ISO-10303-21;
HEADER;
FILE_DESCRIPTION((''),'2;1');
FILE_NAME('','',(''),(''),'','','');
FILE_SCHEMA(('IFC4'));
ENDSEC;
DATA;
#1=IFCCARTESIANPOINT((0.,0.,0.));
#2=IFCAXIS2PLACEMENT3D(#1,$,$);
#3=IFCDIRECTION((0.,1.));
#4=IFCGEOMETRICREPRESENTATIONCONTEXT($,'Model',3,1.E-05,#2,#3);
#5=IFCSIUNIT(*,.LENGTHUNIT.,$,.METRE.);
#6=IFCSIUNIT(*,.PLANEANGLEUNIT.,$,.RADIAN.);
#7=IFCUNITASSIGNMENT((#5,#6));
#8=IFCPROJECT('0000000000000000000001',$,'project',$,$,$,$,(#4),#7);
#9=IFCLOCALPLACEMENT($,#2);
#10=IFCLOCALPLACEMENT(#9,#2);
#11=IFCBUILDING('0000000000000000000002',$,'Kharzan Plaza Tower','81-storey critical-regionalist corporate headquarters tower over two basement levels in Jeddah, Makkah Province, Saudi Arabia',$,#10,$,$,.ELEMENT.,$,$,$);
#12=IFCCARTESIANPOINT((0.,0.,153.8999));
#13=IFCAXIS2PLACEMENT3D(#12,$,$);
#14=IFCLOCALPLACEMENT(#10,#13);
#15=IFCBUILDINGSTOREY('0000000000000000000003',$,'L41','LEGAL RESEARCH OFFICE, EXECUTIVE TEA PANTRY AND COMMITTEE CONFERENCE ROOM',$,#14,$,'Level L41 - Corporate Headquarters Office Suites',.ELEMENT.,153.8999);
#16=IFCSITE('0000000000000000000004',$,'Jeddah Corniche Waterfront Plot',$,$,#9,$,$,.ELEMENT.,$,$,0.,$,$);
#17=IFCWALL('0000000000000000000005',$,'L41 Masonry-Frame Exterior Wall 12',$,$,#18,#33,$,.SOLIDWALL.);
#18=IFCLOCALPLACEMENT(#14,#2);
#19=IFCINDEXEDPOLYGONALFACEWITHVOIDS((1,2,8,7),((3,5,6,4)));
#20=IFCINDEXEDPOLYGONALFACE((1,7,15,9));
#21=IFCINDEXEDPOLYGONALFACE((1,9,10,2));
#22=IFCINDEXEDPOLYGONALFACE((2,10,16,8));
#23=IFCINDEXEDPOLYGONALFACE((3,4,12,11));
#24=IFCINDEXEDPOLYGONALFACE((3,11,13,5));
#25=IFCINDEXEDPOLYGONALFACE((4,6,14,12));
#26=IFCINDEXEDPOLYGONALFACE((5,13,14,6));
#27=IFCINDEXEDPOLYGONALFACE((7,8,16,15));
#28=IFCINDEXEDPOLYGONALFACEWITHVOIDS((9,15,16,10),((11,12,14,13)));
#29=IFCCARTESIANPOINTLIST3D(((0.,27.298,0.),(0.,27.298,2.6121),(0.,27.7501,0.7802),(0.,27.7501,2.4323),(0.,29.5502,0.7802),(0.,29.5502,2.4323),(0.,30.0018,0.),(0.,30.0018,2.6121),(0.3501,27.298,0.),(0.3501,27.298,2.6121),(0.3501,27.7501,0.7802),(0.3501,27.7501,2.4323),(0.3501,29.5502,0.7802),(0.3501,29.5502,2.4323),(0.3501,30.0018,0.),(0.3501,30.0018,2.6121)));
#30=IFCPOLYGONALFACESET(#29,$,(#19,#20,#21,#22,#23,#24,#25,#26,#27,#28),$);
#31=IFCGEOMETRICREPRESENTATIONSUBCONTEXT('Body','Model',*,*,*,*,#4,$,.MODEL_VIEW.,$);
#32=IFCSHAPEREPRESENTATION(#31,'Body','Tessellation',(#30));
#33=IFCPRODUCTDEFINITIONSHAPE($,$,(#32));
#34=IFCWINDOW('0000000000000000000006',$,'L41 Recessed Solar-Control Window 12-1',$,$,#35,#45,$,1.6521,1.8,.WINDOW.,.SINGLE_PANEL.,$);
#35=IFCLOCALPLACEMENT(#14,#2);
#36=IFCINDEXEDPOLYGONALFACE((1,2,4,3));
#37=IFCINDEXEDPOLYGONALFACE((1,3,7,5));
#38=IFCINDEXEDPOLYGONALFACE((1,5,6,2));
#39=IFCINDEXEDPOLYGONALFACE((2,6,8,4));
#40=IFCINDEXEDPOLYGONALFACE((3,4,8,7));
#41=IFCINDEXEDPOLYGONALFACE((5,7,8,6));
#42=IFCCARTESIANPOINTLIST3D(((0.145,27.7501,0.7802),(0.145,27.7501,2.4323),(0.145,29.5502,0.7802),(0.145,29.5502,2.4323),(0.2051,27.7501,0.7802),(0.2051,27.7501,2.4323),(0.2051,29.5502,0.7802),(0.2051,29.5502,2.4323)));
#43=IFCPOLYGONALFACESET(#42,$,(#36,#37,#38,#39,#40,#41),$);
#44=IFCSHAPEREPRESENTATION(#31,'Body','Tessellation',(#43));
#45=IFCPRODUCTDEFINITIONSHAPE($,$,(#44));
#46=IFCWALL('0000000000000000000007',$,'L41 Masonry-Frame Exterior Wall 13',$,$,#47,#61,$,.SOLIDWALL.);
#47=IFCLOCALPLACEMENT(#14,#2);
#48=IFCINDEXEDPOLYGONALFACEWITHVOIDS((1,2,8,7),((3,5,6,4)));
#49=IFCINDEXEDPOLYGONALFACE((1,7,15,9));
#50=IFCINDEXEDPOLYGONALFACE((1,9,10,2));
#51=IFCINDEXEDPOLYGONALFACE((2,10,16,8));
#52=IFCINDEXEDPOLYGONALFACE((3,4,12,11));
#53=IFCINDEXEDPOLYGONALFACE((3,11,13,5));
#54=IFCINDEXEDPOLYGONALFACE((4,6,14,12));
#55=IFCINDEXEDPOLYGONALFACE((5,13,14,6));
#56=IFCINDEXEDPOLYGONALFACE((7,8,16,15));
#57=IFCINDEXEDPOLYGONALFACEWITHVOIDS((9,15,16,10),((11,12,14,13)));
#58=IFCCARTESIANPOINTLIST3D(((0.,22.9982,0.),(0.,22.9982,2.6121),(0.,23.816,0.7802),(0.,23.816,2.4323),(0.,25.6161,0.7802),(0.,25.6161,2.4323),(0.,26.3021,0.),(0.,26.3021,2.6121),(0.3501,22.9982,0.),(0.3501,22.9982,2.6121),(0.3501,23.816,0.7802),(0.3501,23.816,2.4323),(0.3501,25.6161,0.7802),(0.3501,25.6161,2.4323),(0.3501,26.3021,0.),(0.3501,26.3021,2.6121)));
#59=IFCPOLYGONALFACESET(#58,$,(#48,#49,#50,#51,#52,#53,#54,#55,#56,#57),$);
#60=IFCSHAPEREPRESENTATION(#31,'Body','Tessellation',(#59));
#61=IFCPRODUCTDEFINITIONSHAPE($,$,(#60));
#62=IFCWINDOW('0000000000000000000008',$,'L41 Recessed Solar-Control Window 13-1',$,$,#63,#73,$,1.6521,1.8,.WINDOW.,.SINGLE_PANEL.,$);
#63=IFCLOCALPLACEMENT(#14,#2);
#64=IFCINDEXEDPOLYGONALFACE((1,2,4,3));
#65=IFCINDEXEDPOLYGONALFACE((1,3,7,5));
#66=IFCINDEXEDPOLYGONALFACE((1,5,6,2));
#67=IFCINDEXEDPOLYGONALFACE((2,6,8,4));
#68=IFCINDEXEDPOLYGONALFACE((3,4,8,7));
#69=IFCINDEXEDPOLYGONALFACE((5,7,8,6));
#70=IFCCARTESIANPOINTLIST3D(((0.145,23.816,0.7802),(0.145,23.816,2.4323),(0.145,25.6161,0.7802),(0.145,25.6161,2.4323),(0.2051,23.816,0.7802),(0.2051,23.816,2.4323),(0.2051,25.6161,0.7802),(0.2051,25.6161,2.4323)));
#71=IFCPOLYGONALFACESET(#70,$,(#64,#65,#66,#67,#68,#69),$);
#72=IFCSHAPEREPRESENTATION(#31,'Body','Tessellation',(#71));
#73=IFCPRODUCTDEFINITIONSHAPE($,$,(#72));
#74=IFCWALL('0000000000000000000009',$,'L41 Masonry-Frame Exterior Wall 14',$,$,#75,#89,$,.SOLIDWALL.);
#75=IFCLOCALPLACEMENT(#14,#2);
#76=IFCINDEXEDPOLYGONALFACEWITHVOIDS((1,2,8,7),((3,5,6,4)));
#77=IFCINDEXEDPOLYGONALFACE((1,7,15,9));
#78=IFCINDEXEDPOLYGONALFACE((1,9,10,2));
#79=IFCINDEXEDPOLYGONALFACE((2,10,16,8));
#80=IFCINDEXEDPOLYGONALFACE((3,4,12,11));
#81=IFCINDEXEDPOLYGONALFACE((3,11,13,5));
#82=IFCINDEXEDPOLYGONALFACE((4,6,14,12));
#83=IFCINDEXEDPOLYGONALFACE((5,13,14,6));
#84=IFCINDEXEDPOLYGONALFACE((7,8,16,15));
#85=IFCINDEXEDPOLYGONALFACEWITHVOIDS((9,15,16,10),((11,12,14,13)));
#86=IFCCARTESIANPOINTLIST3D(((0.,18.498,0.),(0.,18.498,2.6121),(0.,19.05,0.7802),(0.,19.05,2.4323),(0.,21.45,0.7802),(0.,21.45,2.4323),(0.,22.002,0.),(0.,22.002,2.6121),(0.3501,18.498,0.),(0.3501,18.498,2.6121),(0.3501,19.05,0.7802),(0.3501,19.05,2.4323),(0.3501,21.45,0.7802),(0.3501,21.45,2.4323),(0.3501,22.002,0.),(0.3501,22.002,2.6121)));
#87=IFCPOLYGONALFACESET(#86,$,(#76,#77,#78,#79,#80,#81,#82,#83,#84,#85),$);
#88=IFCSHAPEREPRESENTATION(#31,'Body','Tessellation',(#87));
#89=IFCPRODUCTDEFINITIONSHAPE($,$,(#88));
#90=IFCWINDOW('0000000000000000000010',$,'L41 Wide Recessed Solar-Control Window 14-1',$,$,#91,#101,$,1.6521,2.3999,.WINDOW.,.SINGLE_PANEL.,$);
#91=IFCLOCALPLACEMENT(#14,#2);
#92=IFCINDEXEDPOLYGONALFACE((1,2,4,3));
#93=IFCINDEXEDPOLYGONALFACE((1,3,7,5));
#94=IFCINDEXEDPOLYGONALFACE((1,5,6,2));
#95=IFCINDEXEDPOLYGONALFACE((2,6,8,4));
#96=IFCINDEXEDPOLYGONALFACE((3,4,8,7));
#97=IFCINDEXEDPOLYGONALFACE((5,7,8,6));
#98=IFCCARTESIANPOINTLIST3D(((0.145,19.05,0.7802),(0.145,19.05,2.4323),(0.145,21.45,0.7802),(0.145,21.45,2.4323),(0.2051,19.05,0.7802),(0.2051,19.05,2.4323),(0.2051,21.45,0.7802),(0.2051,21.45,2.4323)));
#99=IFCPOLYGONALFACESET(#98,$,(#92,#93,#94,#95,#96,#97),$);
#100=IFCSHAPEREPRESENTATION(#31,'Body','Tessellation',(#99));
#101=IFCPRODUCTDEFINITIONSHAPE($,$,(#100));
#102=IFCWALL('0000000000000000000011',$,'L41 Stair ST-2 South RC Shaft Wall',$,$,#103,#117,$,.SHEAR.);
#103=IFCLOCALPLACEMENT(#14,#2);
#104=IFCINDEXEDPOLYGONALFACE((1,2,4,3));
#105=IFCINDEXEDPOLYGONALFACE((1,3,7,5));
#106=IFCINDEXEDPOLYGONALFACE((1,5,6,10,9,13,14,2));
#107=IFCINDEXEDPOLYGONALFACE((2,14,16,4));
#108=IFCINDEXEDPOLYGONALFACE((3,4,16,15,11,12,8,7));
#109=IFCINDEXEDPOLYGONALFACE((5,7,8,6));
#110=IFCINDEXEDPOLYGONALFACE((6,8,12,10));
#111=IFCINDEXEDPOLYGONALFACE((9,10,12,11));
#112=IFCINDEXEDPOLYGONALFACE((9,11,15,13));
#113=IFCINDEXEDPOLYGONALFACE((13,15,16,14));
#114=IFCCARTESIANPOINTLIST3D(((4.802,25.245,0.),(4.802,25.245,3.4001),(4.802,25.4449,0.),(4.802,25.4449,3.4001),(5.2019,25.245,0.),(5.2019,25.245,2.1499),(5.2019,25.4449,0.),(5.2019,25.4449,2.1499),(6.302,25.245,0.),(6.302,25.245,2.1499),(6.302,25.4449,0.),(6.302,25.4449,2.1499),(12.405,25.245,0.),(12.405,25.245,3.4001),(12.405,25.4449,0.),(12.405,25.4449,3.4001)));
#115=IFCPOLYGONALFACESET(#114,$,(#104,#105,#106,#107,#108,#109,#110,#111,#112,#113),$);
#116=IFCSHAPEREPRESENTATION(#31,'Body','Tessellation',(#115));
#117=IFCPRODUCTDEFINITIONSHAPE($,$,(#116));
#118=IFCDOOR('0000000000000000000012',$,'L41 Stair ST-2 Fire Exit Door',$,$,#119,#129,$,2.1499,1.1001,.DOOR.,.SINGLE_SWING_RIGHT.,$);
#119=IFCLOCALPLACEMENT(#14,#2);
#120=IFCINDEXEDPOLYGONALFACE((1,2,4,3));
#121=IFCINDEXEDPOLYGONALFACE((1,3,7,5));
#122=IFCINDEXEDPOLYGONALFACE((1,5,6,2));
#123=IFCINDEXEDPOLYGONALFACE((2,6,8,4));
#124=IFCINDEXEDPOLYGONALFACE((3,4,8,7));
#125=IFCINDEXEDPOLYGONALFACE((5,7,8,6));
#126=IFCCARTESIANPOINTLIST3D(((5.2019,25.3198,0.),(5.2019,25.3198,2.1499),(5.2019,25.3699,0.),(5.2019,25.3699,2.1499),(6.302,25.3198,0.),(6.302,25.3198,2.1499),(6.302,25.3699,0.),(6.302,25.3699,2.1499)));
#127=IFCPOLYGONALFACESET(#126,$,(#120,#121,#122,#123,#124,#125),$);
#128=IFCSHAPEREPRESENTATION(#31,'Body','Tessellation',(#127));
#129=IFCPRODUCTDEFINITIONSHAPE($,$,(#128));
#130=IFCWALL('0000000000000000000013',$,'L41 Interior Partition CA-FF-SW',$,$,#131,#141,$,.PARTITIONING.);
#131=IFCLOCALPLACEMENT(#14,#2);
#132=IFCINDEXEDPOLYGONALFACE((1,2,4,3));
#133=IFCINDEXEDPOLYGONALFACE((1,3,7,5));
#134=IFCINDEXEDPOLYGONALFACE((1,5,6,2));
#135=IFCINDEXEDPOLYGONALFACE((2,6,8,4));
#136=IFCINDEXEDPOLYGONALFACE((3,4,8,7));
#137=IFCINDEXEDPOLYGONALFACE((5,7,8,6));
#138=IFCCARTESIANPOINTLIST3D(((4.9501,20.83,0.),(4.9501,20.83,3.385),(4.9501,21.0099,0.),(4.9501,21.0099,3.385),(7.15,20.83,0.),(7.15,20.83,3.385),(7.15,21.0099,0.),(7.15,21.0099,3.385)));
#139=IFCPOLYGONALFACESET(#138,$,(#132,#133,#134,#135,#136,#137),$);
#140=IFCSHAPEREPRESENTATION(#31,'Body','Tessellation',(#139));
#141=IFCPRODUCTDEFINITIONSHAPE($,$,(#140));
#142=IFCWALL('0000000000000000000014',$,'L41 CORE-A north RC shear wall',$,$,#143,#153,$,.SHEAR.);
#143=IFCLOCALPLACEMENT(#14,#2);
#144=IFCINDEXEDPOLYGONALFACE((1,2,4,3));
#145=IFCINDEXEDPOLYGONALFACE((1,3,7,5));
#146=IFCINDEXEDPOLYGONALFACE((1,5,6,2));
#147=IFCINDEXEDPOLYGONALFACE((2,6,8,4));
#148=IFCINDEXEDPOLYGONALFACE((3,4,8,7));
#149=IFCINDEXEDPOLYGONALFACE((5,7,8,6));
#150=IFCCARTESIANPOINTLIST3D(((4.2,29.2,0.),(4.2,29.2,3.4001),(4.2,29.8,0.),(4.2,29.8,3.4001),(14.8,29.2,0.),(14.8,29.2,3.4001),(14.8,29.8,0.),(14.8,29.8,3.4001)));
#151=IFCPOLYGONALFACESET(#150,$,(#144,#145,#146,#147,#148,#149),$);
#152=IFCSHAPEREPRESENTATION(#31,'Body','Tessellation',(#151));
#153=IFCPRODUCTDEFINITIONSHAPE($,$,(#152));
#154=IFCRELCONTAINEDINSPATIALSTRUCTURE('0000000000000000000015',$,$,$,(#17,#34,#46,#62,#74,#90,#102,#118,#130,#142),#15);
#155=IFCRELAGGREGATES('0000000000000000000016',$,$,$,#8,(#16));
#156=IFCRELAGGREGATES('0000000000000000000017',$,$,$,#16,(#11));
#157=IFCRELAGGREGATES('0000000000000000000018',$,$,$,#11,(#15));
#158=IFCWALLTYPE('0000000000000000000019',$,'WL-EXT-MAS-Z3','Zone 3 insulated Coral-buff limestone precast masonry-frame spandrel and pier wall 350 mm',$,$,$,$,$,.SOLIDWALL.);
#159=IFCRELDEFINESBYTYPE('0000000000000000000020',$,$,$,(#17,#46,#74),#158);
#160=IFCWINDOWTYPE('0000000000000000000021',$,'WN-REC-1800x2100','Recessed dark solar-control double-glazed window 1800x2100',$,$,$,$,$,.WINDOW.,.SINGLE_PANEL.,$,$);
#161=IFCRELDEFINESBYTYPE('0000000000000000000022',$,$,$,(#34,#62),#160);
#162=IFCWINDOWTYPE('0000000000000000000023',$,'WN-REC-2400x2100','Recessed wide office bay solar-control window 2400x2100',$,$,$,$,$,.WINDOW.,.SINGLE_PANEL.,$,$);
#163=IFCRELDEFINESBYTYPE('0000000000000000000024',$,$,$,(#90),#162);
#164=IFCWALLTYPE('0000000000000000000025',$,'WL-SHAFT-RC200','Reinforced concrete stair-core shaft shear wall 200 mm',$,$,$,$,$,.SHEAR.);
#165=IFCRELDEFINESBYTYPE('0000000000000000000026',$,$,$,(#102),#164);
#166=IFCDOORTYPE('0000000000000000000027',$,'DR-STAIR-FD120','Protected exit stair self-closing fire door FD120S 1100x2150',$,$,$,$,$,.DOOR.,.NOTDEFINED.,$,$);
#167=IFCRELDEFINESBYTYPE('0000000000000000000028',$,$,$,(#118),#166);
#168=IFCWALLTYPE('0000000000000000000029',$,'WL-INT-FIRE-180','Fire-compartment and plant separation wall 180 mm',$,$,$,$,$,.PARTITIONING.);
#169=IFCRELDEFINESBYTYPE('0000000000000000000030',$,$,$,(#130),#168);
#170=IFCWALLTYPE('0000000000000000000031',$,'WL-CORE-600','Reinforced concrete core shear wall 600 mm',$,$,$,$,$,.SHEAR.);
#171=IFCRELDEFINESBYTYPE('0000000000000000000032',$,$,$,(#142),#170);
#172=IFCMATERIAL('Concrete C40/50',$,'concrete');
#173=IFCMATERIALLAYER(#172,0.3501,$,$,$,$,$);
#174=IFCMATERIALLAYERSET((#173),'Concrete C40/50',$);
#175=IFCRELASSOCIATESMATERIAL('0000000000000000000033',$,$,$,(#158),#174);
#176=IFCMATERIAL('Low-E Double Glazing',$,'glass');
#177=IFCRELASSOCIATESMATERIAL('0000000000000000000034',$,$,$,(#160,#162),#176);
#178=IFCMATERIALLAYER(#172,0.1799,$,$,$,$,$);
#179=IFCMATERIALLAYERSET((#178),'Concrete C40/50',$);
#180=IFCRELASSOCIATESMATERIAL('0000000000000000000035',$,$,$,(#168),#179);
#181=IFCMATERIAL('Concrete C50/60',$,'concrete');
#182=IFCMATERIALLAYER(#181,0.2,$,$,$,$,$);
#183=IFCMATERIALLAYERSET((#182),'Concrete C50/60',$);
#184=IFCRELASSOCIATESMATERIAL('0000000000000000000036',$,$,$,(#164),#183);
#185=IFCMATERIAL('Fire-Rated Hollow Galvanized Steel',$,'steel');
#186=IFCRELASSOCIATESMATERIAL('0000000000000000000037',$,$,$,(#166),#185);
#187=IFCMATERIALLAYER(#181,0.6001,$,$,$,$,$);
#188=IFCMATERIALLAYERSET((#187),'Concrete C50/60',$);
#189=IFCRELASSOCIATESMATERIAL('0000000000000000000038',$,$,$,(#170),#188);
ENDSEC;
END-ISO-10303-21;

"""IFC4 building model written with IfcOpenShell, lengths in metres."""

from ifc_helpers import new_model, si_unit, direction, frame, frame_2d, origin, place, context, subcontext, project, spatial, rectangle, extrude, source, transform, mapped, material, layer, layer_set, type_object, element, fill, save


model = new_model("IFC4")

# Units and contexts
model_context = context("Model", 3, precision=1e-05, world=origin(), true_north=direction((0.0, 1.0)))
body_context = subcontext(model_context, "Body", "Model", "MODEL_VIEW")
ifc_project = project(units=[si_unit("LENGTHUNIT", "METRE"), si_unit("PLANEANGLEUNIT", "RADIAN")], contexts=[model_context])

# Site, building, storey
site_placement = place(None, origin())
site = spatial("IfcSite", under=ifc_project, at=site_placement, Name="Jeddah Corniche Waterfront Plot", CompositionType="ELEMENT", RefElevation=0.0)
building_placement = place(site_placement, origin())
building = spatial("IfcBuilding", under=site, at=building_placement, Name="Kharzan Plaza Tower", Description="81-storey critical-regionalist corporate headquarters tower over two basement levels in Jeddah, Makkah Province, Saudi Arabia", CompositionType="ELEMENT")
storey_placement = place(building_placement, frame((0.0, 0.0, 153.8999)))
storey = spatial("IfcBuildingStorey", under=building, at=storey_placement, Name="L41", Description="LEGAL RESEARCH OFFICE, EXECUTIVE TEA PANTRY AND COMMITTEE CONFERENCE ROOM", LongName="Level L41 - Corporate Headquarters Office Suites", CompositionType="ELEMENT", Elevation=153.8999)

# Shared definitions
ifc_material_1 = material(Name="Concrete C50/60", Category="concrete")

# Walls, openings, windows
ifc_material_2 = material(Name="Concrete C40/50", Category="concrete")
ifc_layer_1 = layer(ifc_material_2, 0.3501)
ifc_layer_set_1 = layer_set([ifc_layer_1], Name="Concrete C40/50")
wall_type_1 = type_object("IfcWallType", Name="WL-EXT-MAS-Z3", Description="Zone 3 insulated Coral-buff limestone precast masonry-frame spandrel and pier wall 350 mm", PredefinedType="SOLIDWALL", material=ifc_layer_set_1)
wall_1_placement = place(storey_placement, frame((0.175, 30.002, 0.0), z_axis=(0.0, 0.0, 1.0), x_axis=(0.0, -1.0, 0.0)))
wall_1 = element("IfcWall", 1, at=wall_1_placement, inside=storey, type_object=wall_type_1, Name="L41 Masonry-Frame Exterior Wall 12", PredefinedType="SOLIDWALL", context=body_context, shape_type="SweptSolid", body=[
    extrude(rectangle(XDim=2.7039, YDim=0.3501, at=frame_2d((1.3521, 0.0))), origin(), (0.0, 0.0, 1.0), 2.6121),
])
opening_1_placement = place(wall_1_placement, frame((0.4519, 0.0, 0.78)))
opening_1 = element("IfcOpeningElement", 2, at=opening_1_placement, cuts=wall_1, PredefinedType="OPENING", context=body_context, shape_type="SweptSolid", body=[
    extrude(rectangle(XDim=1.8, YDim=1.6521, at=frame_2d((0.8999, 0.8262))), frame((0.0, 0.1851, 0.0), z_axis=(0.0, -1.0, 0.0), x_axis=(1.0, 0.0, 0.0)), (0.0, 0.0, 1.0), 0.3701),
])
ifc_material_3 = material(Name="Low-E Double Glazing", Category="glass")
window_type_1 = type_object("IfcWindowType", Name="WN-REC-1800x2100", Description="Recessed dark solar-control double-glazed window 1800x2100", PartitioningType="SINGLE_PANEL", PredefinedType="WINDOW", material=ifc_material_3)
shared_shape_1 = source(origin(), body_context, "Body", "SweptSolid", [
    extrude(rectangle(XDim=1.8, YDim=1.6521, at=frame_2d((0.8999, 0.8262))), frame((0.0, 0.03, 0.0), z_axis=(0.0, -1.0, 0.0), x_axis=(1.0, 0.0, 0.0)), (0.0, 0.0, 1.0), 0.0601),
])
window_1_placement = place(opening_1_placement, origin())
window_1 = element("IfcWindow", 3, at=window_1_placement, inside=storey, type_object=window_type_1, Name="L41 Recessed Solar-Control Window 12-1", OverallHeight=1.6521, OverallWidth=1.8, PartitioningType="SINGLE_PANEL", PredefinedType="WINDOW", context=body_context, shape_type="MappedRepresentation", body=[
    mapped(shared_shape_1, transform((0.0, 0.0, 0.0), x_axis=(1.0, 0.0, 0.0), y_axis=(0.0, 1.0, 0.0), z_axis=(0.0, 0.0, 1.0))),
])
fill(opening_1, window_1)
wall_2_placement = place(storey_placement, frame((0.175, 26.302, 0.0), z_axis=(0.0, 0.0, 1.0), x_axis=(0.0, -1.0, 0.0)))
wall_2 = element("IfcWall", 4, at=wall_2_placement, inside=storey, type_object=wall_type_1, Name="L41 Masonry-Frame Exterior Wall 13", PredefinedType="SOLIDWALL", context=body_context, shape_type="SweptSolid", body=[
    extrude(rectangle(XDim=3.304, YDim=0.3501, at=frame_2d((1.6519, 0.0))), origin(), (0.0, 0.0, 1.0), 2.6121),
])
opening_2_placement = place(wall_2_placement, frame((0.686, 0.0, 0.78)))
opening_2 = element("IfcOpeningElement", 5, at=opening_2_placement, cuts=wall_2, PredefinedType="OPENING", context=body_context, shape_type="SweptSolid", body=[
    extrude(rectangle(XDim=1.8, YDim=1.6521, at=frame_2d((0.8999, 0.8262))), frame((0.0, 0.1851, 0.0), z_axis=(0.0, -1.0, 0.0), x_axis=(1.0, 0.0, 0.0)), (0.0, 0.0, 1.0), 0.3701),
])
window_2_placement = place(opening_2_placement, origin())
window_2 = element("IfcWindow", 6, at=window_2_placement, inside=storey, type_object=window_type_1, Name="L41 Recessed Solar-Control Window 13-1", OverallHeight=1.6521, OverallWidth=1.8, PartitioningType="SINGLE_PANEL", PredefinedType="WINDOW", context=body_context, shape_type="MappedRepresentation", body=[
    mapped(shared_shape_1, transform((0.0, 0.0, 0.0), x_axis=(1.0, 0.0, 0.0), y_axis=(0.0, 1.0, 0.0), z_axis=(0.0, 0.0, 1.0))),
])
fill(opening_2, window_2)
wall_3_placement = place(storey_placement, frame((0.175, 22.002, 0.0), z_axis=(0.0, 0.0, 1.0), x_axis=(0.0, -1.0, 0.0)))
wall_3 = element("IfcWall", 7, at=wall_3_placement, inside=storey, type_object=wall_type_1, Name="L41 Masonry-Frame Exterior Wall 14", PredefinedType="SOLIDWALL", context=body_context, shape_type="SweptSolid", body=[
    extrude(rectangle(XDim=3.5039, YDim=0.3501, at=frame_2d((1.752, 0.0))), origin(), (0.0, 0.0, 1.0), 2.6121),
])
opening_3_placement = place(wall_3_placement, frame((0.552, 0.0, 0.78)))
opening_3 = element("IfcOpeningElement", 8, at=opening_3_placement, cuts=wall_3, PredefinedType="OPENING", context=body_context, shape_type="SweptSolid", body=[
    extrude(rectangle(XDim=2.3999, YDim=1.6521, at=frame_2d((1.2, 0.8262))), frame((0.0, 0.1851, 0.0), z_axis=(0.0, -1.0, 0.0), x_axis=(1.0, 0.0, 0.0)), (0.0, 0.0, 1.0), 0.3701),
])
window_type_2 = type_object("IfcWindowType", Name="WN-REC-2400x2100", Description="Recessed wide office bay solar-control window 2400x2100", PartitioningType="SINGLE_PANEL", PredefinedType="WINDOW", material=ifc_material_3)
shared_shape_2 = source(origin(), body_context, "Body", "SweptSolid", [
    extrude(rectangle(XDim=2.3999, YDim=1.6521, at=frame_2d((1.2, 0.8262))), frame((0.0, 0.03, 0.0), z_axis=(0.0, -1.0, 0.0), x_axis=(1.0, 0.0, 0.0)), (0.0, 0.0, 1.0), 0.0601),
])
window_3_placement = place(opening_3_placement, origin())
window_3 = element("IfcWindow", 9, at=window_3_placement, inside=storey, type_object=window_type_2, Name="L41 Wide Recessed Solar-Control Window 14-1", OverallHeight=1.6521, OverallWidth=2.3999, PartitioningType="SINGLE_PANEL", PredefinedType="WINDOW", context=body_context, shape_type="MappedRepresentation", body=[
    mapped(shared_shape_2, transform((0.0, 0.0, 0.0), x_axis=(1.0, 0.0, 0.0), y_axis=(0.0, 1.0, 0.0), z_axis=(0.0, 0.0, 1.0))),
])
fill(opening_3, window_3)

# Wall, opening, door
ifc_layer_2 = layer(ifc_material_2, 0.1799)
ifc_layer_set_2 = layer_set([ifc_layer_2], Name="Concrete C40/50")
wall_type_2 = type_object("IfcWallType", Name="WL-INT-FIRE-180", Description="Fire-compartment and plant separation wall 180 mm", PredefinedType="PARTITIONING", material=ifc_layer_set_2)
ifc_layer_3 = layer(ifc_material_1, 0.2)
ifc_layer_set_3 = layer_set([ifc_layer_3], Name="Concrete C50/60")
wall_type_3 = type_object("IfcWallType", Name="WL-SHAFT-RC200", Description="Reinforced concrete stair-core shaft shear wall 200 mm", PredefinedType="SHEAR", material=ifc_layer_set_3)
wall_4_placement = place(storey_placement, frame((4.802, 25.345, 0.0), z_axis=(0.0, 0.0, 1.0), x_axis=(1.0, 0.0, 0.0)))
wall_4 = element("IfcWall", 10, at=wall_4_placement, inside=storey, type_object=wall_type_3, Name="L41 Stair ST-2 South RC Shaft Wall", PredefinedType="SHEAR", context=body_context, shape_type="SweptSolid", body=[
    extrude(rectangle(XDim=7.603, YDim=0.2, at=frame_2d((3.8015, 0.0))), origin(), (0.0, 0.0, 1.0), 3.4001),
])
opening_4_placement = place(wall_4_placement, frame((0.3999, 0.0, 0.0)))
opening_4 = element("IfcOpeningElement", 11, at=opening_4_placement, cuts=wall_4, PredefinedType="OPENING", context=body_context, shape_type="SweptSolid", body=[
    extrude(rectangle(XDim=1.1001, YDim=2.1499, at=frame_2d((0.55, 1.075))), frame((0.0, 0.1099, 0.0), z_axis=(0.0, -1.0, 0.0), x_axis=(1.0, 0.0, 0.0)), (0.0, 0.0, 1.0), 0.22),
])
ifc_material_4 = material(Name="Fire-Rated Hollow Galvanized Steel", Category="steel")
door_type_1 = type_object("IfcDoorType", Name="DR-STAIR-FD120", Description="Protected exit stair self-closing fire door FD120S 1100x2150", OperationType="NOTDEFINED", PredefinedType="DOOR", material=ifc_material_4)
shared_shape_3 = source(origin(), body_context, "Body", "SweptSolid", [
    extrude(rectangle(XDim=1.1001, YDim=2.1499, at=frame_2d((0.55, 1.075))), frame((0.0, 0.0249, 0.0), z_axis=(0.0, -1.0, 0.0), x_axis=(1.0, 0.0, 0.0)), (0.0, 0.0, 1.0), 0.05),
])
door_1_placement = place(opening_4_placement, origin())
door_1 = element("IfcDoor", 12, at=door_1_placement, inside=storey, type_object=door_type_1, Name="L41 Stair ST-2 Fire Exit Door", OperationType="SINGLE_SWING_RIGHT", OverallHeight=2.1499, OverallWidth=1.1001, PredefinedType="DOOR", context=body_context, shape_type="MappedRepresentation", body=[
    mapped(shared_shape_3, transform((0.0, 0.0, 0.0), x_axis=(1.0, 0.0, 0.0), y_axis=(0.0, 1.0, 0.0), z_axis=(0.0, 0.0, 1.0))),
])
fill(opening_4, door_1)

# Walls
shared_shape_4 = source(origin(), body_context, "Body", "SweptSolid", [
    extrude(rectangle(XDim=2.2, YDim=0.1799, at=frame_2d((1.1001, 0.0))), origin(), (0.0, 0.0, 1.0), 3.385),
])
wall_5_placement = place(storey_placement, frame((4.95, 20.9199, 0.0), z_axis=(0.0, 0.0, 1.0), x_axis=(1.0, 0.0, 0.0)))
element("IfcWall", 13, at=wall_5_placement, inside=storey, type_object=wall_type_2, Name="L41 Interior Partition CA-FF-SW", PredefinedType="PARTITIONING", context=body_context, shape_type="MappedRepresentation", body=[
    mapped(shared_shape_4, transform((0.0, 0.0, 0.0), x_axis=(1.0, 0.0, 0.0), y_axis=(0.0, 1.0, 0.0), z_axis=(0.0, 0.0, 1.0))),
])
ifc_layer_4 = layer(ifc_material_1, 0.6001)
ifc_layer_set_4 = layer_set([ifc_layer_4], Name="Concrete C50/60")
wall_type_4 = type_object("IfcWallType", Name="WL-CORE-600", Description="Reinforced concrete core shear wall 600 mm", PredefinedType="SHEAR", material=ifc_layer_set_4)
shared_shape_5 = source(origin(), body_context, "Body", "SweptSolid", [
    extrude(rectangle(XDim=10.6001, YDim=0.6001, at=frame_2d((5.3, 0.0))), origin(), (0.0, 0.0, 1.0), 3.4001),
])
wall_6_placement = place(storey_placement, frame((4.2, 29.5, 0.0), z_axis=(0.0, 0.0, 1.0), x_axis=(1.0, 0.0, 0.0)))
element("IfcWall", 14, at=wall_6_placement, inside=storey, type_object=wall_type_4, Name="L41 CORE-A north RC shear wall", PredefinedType="SHEAR", context=body_context, shape_type="MappedRepresentation", body=[
    mapped(shared_shape_5, transform((0.0, 0.0, 0.0), x_axis=(1.0, 0.0, 0.0), y_axis=(0.0, 1.0, 0.0), z_axis=(0.0, 0.0, 1.0))),
])

save(model, "model.ifc")
